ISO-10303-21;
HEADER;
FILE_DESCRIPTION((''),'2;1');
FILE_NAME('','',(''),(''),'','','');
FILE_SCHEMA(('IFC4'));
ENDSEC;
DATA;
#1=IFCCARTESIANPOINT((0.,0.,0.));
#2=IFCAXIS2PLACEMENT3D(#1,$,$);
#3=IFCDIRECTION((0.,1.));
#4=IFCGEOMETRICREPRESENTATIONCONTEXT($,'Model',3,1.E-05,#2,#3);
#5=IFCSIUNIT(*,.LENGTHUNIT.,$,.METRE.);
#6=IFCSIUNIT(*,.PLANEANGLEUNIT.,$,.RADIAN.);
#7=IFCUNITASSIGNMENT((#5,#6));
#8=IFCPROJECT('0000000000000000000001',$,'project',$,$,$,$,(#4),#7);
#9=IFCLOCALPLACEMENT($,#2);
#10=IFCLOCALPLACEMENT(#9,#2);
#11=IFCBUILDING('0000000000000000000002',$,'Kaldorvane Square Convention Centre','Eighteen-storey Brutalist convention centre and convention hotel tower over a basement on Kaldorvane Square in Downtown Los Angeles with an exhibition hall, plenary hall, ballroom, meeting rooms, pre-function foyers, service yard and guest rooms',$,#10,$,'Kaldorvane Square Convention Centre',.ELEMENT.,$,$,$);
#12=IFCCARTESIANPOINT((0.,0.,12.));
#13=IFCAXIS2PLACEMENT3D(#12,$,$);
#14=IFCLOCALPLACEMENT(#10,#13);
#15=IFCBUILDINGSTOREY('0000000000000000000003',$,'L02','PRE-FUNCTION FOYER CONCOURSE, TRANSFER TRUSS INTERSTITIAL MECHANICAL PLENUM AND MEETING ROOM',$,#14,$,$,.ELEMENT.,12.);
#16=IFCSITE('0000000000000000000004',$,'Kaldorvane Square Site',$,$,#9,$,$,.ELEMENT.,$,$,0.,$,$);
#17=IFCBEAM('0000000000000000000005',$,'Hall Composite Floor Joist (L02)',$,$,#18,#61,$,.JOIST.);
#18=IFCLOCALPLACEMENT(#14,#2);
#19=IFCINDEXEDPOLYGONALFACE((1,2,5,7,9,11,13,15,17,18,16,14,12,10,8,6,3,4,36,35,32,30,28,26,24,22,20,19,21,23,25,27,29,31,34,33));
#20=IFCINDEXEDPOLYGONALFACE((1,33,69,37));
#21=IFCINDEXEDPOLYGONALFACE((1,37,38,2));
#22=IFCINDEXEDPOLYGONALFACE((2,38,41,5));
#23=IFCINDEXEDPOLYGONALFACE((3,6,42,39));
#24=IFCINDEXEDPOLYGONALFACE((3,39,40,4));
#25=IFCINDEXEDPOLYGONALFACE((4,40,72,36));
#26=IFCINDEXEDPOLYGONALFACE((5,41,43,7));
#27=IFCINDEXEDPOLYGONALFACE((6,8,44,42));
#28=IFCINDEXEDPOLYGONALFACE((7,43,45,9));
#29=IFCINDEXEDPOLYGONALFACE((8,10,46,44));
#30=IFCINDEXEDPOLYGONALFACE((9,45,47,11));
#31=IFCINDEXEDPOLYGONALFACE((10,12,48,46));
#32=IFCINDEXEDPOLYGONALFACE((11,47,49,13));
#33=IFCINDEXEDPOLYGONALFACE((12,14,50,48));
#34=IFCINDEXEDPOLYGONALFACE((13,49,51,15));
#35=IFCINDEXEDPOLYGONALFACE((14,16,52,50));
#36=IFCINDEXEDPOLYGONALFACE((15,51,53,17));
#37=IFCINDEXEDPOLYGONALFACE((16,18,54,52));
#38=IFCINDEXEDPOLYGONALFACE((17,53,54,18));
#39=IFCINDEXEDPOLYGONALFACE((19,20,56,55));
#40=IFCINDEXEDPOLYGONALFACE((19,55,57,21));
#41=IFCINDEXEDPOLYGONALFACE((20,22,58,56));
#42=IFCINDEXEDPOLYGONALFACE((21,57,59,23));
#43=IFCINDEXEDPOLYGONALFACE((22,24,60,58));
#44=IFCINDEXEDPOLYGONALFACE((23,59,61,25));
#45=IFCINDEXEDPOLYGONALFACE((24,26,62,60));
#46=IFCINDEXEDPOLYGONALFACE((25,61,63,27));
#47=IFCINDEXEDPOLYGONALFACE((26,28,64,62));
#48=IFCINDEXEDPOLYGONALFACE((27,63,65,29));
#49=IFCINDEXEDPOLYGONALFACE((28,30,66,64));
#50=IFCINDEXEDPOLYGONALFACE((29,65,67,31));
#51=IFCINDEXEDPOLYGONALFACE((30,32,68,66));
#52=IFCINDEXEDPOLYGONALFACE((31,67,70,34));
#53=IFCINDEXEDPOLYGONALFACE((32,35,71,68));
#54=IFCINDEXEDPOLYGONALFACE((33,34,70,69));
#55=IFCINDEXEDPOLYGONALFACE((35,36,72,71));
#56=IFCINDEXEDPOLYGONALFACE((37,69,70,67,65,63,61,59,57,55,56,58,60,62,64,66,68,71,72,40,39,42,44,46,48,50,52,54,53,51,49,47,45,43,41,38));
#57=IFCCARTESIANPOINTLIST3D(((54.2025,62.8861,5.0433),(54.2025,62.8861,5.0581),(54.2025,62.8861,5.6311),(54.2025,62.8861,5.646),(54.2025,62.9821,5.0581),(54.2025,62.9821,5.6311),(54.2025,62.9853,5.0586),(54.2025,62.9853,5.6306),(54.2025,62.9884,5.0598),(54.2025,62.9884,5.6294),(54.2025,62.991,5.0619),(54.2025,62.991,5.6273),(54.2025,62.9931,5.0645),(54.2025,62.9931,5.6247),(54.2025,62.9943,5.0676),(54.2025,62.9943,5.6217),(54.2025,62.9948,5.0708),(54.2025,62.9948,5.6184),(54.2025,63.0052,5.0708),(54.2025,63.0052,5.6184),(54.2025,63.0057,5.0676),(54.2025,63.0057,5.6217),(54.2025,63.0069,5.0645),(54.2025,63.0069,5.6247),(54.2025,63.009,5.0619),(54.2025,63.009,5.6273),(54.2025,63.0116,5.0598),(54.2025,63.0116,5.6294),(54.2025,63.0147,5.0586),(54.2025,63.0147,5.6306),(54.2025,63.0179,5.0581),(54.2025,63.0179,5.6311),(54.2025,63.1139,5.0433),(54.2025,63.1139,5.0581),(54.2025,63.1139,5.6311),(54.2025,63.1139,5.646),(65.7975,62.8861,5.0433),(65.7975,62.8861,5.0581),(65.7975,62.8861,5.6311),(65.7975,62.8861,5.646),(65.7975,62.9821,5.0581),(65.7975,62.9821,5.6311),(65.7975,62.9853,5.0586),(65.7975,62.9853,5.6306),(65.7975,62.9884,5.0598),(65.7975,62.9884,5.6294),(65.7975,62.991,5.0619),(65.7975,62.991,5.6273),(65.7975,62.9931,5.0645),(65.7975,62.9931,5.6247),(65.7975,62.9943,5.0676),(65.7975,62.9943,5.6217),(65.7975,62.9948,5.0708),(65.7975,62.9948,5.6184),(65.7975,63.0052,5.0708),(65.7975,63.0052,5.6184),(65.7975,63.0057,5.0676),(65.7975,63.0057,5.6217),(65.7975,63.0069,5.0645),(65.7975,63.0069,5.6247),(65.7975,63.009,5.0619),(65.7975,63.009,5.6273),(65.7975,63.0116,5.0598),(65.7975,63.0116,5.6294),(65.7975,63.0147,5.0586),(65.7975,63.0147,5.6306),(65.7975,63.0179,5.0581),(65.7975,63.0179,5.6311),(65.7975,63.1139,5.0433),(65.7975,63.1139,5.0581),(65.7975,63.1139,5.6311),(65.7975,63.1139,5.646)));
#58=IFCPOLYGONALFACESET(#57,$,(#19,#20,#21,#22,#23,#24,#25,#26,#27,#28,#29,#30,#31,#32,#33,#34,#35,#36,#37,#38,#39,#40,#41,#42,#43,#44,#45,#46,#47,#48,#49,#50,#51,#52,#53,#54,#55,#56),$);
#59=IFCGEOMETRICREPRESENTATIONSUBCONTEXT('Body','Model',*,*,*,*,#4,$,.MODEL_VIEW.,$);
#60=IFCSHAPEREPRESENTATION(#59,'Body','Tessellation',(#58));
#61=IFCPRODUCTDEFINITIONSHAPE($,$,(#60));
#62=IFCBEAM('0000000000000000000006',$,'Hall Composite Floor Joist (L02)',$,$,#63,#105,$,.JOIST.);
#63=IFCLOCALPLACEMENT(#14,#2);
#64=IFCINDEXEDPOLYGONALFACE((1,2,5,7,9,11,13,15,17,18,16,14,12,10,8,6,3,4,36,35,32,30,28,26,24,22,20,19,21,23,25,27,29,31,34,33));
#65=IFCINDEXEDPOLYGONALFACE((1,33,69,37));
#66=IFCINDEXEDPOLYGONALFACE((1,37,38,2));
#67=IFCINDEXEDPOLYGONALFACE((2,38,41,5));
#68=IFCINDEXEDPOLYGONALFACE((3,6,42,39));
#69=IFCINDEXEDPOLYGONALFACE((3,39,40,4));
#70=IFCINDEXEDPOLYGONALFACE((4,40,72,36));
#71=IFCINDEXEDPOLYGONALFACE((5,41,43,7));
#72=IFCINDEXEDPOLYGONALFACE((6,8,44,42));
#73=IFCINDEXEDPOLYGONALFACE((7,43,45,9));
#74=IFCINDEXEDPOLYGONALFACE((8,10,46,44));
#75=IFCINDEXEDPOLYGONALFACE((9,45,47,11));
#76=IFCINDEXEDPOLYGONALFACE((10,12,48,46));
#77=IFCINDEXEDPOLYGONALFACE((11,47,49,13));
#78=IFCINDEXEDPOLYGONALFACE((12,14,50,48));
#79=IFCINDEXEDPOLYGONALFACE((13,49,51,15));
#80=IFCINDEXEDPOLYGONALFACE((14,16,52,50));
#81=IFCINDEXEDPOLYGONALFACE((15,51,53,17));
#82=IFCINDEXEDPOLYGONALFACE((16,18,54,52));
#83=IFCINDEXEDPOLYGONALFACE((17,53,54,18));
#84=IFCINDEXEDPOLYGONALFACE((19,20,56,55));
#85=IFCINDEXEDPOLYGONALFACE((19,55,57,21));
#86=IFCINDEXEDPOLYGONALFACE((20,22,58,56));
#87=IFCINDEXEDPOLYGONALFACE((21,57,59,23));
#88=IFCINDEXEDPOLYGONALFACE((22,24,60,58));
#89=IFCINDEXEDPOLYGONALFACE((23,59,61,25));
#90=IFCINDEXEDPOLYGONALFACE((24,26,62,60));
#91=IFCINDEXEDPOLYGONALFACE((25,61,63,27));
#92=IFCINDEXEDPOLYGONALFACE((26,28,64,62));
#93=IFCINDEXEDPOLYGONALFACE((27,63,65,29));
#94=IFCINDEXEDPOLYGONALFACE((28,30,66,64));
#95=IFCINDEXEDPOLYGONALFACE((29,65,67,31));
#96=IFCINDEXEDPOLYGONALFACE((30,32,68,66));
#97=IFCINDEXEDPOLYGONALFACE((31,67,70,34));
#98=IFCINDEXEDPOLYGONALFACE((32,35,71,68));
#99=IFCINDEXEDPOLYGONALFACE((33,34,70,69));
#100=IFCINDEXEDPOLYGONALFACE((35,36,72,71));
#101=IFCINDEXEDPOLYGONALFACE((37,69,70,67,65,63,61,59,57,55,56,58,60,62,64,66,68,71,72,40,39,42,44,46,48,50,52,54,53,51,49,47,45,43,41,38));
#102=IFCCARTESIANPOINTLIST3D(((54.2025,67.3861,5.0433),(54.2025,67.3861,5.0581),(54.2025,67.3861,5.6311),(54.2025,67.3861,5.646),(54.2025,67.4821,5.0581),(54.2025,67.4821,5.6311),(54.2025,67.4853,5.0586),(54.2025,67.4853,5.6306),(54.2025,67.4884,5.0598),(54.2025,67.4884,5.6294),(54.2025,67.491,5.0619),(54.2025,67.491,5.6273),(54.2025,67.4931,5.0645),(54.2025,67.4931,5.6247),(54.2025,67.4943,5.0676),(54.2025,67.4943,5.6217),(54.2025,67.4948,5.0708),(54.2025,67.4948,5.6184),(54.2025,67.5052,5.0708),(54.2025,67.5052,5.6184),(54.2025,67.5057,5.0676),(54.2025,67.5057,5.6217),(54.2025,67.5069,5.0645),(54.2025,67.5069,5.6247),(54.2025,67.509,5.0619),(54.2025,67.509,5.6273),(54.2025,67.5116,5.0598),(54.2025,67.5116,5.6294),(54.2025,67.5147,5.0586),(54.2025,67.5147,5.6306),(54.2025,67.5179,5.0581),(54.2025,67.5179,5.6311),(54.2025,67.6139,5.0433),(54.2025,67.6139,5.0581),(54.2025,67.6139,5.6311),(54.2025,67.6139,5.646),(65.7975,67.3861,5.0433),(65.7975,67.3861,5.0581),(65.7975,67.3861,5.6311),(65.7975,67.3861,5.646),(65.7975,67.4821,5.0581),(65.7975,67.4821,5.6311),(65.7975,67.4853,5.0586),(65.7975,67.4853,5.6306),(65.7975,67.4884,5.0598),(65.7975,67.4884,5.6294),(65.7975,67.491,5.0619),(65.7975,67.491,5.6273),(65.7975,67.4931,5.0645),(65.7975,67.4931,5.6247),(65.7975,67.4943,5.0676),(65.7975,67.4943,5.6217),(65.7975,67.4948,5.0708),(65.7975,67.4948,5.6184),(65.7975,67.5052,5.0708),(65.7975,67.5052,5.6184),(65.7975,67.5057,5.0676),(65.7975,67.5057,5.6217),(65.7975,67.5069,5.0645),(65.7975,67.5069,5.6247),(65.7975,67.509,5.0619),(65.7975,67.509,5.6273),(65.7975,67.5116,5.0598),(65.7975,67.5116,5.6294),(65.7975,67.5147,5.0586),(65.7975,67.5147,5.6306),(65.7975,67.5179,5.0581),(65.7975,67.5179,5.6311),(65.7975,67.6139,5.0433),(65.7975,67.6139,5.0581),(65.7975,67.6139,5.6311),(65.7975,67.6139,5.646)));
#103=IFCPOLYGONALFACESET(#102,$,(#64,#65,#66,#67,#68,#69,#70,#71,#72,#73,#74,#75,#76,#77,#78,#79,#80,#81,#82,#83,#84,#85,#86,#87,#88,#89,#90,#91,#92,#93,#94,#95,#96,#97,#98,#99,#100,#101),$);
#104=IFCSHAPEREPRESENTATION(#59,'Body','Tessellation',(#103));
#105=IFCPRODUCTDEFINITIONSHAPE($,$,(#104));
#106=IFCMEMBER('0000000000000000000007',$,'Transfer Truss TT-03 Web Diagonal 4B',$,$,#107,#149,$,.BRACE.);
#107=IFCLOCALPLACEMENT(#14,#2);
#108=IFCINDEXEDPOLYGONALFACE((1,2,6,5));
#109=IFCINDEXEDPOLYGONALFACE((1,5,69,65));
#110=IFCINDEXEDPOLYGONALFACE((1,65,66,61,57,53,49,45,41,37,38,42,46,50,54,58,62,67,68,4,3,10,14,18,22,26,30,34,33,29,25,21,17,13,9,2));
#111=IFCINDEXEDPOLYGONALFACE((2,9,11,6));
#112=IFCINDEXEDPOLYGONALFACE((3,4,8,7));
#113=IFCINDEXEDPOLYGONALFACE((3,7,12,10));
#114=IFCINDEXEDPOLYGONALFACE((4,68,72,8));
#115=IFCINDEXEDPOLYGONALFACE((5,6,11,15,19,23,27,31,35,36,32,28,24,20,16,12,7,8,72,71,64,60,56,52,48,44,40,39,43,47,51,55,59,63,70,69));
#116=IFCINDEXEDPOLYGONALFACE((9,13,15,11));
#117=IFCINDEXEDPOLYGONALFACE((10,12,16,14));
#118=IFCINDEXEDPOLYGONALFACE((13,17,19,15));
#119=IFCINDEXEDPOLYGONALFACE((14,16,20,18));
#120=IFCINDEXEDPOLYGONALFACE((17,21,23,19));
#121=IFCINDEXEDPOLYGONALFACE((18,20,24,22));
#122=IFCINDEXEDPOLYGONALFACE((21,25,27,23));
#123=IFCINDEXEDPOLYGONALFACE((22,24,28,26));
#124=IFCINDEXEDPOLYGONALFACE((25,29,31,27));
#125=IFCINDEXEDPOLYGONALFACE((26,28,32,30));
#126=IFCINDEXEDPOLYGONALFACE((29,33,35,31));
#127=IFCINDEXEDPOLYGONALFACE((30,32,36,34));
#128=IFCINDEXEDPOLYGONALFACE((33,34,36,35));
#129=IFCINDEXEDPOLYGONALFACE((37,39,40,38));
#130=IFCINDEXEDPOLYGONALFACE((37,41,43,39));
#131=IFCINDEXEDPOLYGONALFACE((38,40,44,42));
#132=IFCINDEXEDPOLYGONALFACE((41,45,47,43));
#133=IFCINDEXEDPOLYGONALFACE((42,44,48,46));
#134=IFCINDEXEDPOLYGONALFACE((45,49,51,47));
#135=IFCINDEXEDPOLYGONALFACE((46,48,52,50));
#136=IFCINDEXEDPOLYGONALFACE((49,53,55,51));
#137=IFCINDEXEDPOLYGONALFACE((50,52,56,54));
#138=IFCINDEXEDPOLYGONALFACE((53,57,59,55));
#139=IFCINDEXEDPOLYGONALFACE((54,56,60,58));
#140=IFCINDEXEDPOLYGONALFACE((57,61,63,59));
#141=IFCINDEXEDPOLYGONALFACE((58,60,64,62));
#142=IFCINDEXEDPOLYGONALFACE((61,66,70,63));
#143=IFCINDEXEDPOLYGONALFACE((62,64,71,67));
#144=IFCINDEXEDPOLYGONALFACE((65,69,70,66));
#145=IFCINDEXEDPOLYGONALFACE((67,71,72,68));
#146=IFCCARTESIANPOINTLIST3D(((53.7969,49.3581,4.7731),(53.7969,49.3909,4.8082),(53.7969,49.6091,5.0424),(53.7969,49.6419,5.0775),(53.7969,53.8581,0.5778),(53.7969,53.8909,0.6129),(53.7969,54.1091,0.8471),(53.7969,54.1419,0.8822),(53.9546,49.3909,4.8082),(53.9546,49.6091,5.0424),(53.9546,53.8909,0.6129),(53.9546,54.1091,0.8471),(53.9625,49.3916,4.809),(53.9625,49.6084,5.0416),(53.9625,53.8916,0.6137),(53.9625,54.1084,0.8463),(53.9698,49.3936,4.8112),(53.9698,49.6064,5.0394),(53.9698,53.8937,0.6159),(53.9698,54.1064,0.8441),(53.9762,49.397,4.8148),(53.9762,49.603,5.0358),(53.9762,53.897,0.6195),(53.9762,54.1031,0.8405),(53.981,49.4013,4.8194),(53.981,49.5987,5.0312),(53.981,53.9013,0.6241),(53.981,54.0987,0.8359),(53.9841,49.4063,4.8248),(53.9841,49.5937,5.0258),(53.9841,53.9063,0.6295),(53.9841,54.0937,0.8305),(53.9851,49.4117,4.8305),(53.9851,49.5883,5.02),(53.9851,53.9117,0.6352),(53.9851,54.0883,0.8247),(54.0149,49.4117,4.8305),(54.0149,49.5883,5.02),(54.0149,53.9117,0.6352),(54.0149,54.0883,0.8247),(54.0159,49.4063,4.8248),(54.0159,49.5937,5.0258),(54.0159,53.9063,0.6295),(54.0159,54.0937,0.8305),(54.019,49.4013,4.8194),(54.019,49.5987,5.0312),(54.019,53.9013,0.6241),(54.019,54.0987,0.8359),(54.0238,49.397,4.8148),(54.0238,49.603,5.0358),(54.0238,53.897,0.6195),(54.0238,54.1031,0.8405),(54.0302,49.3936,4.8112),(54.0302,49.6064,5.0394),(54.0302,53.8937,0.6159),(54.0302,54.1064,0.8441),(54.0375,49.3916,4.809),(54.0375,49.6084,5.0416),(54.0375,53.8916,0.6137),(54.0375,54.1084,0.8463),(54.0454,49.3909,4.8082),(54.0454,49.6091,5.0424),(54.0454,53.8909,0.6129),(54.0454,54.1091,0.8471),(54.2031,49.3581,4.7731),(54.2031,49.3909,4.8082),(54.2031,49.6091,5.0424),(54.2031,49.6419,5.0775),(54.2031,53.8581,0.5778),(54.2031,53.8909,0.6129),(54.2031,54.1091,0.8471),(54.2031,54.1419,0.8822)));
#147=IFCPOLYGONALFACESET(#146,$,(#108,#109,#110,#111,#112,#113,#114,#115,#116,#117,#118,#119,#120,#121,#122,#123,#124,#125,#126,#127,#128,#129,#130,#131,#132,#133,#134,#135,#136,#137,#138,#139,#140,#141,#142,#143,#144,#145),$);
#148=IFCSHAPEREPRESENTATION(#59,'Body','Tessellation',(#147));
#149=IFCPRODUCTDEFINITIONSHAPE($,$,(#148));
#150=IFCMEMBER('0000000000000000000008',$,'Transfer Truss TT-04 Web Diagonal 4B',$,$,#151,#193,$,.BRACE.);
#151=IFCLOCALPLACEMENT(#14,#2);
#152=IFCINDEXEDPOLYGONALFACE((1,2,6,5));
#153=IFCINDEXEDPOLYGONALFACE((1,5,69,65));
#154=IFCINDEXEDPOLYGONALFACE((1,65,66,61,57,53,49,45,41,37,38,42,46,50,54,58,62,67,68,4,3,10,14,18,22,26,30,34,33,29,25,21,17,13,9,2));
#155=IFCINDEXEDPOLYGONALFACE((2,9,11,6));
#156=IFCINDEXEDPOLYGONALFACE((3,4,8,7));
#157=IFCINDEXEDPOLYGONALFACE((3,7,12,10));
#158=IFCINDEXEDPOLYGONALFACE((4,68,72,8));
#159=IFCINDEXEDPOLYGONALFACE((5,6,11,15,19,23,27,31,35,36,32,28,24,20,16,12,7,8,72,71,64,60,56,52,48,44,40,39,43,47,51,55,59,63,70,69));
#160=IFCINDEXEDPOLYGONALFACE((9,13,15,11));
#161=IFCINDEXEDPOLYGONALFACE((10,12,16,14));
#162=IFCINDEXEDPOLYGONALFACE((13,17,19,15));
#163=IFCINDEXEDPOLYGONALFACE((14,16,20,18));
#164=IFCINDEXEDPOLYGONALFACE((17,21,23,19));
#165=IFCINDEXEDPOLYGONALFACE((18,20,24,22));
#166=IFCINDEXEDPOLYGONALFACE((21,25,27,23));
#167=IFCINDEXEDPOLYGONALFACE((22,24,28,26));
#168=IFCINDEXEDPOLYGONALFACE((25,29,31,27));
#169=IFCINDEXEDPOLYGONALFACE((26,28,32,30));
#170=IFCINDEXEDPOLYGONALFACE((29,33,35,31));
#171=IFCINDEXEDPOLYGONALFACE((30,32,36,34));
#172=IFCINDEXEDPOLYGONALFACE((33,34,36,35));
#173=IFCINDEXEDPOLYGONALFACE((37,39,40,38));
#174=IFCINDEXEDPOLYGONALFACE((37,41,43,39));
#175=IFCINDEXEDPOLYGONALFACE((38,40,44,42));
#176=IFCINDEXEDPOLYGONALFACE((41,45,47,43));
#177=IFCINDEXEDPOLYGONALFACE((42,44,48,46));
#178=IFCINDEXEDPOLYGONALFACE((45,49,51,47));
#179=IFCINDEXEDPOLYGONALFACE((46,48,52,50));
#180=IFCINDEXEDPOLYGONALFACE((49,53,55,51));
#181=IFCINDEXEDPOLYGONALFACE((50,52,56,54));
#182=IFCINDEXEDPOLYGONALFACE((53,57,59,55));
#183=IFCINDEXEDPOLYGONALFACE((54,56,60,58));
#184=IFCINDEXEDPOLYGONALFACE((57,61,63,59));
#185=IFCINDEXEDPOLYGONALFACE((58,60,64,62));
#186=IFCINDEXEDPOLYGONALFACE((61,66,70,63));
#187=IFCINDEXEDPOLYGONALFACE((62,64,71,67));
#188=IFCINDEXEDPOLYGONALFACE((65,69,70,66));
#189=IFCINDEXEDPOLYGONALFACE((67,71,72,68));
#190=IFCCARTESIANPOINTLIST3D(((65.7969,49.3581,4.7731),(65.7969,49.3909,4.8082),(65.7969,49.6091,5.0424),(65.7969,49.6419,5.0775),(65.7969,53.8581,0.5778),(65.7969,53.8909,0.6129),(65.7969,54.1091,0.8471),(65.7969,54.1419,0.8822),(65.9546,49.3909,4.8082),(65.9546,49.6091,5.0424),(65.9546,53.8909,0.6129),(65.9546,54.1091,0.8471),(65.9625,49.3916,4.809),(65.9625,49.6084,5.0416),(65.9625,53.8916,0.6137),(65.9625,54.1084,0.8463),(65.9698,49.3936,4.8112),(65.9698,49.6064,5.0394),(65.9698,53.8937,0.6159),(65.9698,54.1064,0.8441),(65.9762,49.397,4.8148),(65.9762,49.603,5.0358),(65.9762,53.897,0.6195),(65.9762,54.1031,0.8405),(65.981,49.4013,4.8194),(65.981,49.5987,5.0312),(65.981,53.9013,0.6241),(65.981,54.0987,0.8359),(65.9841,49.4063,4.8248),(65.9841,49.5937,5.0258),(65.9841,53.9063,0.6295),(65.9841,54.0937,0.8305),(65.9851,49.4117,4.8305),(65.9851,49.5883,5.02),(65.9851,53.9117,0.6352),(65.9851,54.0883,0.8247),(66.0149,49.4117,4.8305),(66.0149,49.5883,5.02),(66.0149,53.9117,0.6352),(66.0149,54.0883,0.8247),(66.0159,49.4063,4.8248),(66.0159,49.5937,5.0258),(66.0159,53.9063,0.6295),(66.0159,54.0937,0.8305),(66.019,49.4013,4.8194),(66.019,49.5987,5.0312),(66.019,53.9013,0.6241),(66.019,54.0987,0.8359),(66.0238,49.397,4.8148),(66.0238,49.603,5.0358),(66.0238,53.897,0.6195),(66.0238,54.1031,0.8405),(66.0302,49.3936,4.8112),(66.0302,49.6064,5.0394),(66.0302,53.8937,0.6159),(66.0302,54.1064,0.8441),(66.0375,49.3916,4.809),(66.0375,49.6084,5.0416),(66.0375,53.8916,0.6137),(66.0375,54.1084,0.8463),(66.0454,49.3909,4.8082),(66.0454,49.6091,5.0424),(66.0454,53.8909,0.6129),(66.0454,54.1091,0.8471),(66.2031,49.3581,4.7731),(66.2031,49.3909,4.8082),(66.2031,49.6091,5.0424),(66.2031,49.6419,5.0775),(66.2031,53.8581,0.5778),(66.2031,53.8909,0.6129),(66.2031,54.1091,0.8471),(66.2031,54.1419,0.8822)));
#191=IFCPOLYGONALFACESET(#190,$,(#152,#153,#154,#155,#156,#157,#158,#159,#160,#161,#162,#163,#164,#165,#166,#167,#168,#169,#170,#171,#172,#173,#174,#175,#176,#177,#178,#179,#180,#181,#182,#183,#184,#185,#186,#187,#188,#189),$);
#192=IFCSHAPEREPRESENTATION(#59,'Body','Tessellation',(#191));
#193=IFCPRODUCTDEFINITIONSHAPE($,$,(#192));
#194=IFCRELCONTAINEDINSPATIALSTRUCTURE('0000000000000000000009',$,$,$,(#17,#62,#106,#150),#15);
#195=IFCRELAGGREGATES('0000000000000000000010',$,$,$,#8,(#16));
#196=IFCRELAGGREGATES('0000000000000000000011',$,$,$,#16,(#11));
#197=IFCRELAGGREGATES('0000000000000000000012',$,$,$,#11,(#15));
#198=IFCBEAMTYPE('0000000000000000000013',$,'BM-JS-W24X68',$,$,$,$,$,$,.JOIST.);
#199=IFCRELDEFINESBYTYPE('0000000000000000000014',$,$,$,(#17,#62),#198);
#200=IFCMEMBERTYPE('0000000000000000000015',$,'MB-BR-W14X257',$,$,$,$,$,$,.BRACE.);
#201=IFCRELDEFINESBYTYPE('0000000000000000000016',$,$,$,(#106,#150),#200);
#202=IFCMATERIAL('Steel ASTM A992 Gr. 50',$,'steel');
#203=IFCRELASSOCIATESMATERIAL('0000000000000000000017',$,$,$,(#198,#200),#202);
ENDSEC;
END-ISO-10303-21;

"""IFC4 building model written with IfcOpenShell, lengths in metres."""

from ifc_helpers import new_model, si_unit, direction, frame, origin, origin_2d, place, context, subcontext, project, spatial, i_section, extrude, material, material_profile, profile_set, type_object, element, save


model = new_model("IFC4")

# Units and contexts
model_context = context("Model", 3, precision=1e-05, world=origin(), true_north=direction((0.0, 1.0)))
body_context = subcontext(model_context, "Body", "Model", "MODEL_VIEW")
ifc_project = project(units=[si_unit("LENGTHUNIT", "METRE"), si_unit("PLANEANGLEUNIT", "RADIAN")], contexts=[model_context])

# Site, building, storey
site_placement = place(None, origin())
site = spatial("IfcSite", under=ifc_project, at=site_placement, Name="Kaldorvane Square Site", CompositionType="ELEMENT", RefElevation=0.0)
building_placement = place(site_placement, origin())
building = spatial("IfcBuilding", under=site, at=building_placement, Name="Kaldorvane Square Convention Centre", Description="Eighteen-storey Brutalist convention centre and convention hotel tower over a basement on Kaldorvane Square in Downtown Los Angeles with an exhibition hall, plenary hall, ballroom, meeting rooms, pre-function foyers, service yard and guest rooms", LongName="Kaldorvane Square Convention Centre", CompositionType="ELEMENT")
storey_placement = place(building_placement, frame((0.0, 0.0, 12.0)))
storey = spatial("IfcBuildingStorey", under=building, at=storey_placement, Name="L02", Description="PRE-FUNCTION FOYER CONCOURSE, TRANSFER TRUSS INTERSTITIAL MECHANICAL PLENUM AND MEETING ROOM", CompositionType="ELEMENT", Elevation=12.0)

# Beams
ifc_material_1 = material(Name="Steel ASTM A992 Gr. 50", Category="steel")
ifc_material_profile_1 = material_profile(ifc_material_1, i_section(OverallWidth=0.2277, OverallDepth=0.6027, WebThickness=0.0105, FlangeThickness=0.0149, FilletRadius=0.0127, at=origin_2d()), Name="W24X68")
ifc_profile_set_1 = profile_set([ifc_material_profile_1], Name="Steel ASTM A992 Gr. 50")
beam_type_1 = type_object("IfcBeamType", Name="BM-JS-W24X68", PredefinedType="JOIST", material=ifc_profile_set_1)
for number, where, z_axis, x_axis, name in (
    (1, (54.2025, 63.0, 5.3446), (1.0, 0.0, 0.0), (0.0, 1.0, 0.0), "Hall Composite Floor Joist (L02)"),
    (2, (54.2025, 67.5, 5.3446), (1.0, 0.0, 0.0), (0.0, 1.0, 0.0), "Hall Composite Floor Joist (L02)"),
):
    element("IfcBeam", number, at=place(storey_placement, frame(where, z_axis=z_axis, x_axis=x_axis)), inside=storey, type_object=beam_type_1, Name=name, PredefinedType="JOIST", context=body_context, shape_type="SweptSolid", body=[
        extrude(i_section(OverallWidth=0.2277, OverallDepth=0.6027, WebThickness=0.0105, FlangeThickness=0.0149, FilletRadius=0.0127, at=origin_2d()), origin(), (0.0, 0.0, 1.0), 11.595),
    ])

# Members
ifc_material_profile_2 = material_profile(ifc_material_1, i_section(OverallWidth=0.4063, OverallDepth=0.4161, WebThickness=0.0298, FlangeThickness=0.048, FilletRadius=0.0305, at=origin_2d()), Name="W14X257")
ifc_profile_set_2 = profile_set([ifc_material_profile_2], Name="Steel ASTM A992 Gr. 50")
member_type_1 = type_object("IfcMemberType", Name="MB-BR-W14X257", PredefinedType="BRACE", material=ifc_profile_set_2)
for number, where, z_axis, x_axis, name in (
    (3, (54.0, 49.5, 4.9253), (0.0, 0.731436, -0.68191), (-1.0, 0.0, 0.0), "Transfer Truss TT-03 Web Diagonal 4B"),
    (4, (66.0, 49.5, 4.9253), (0.0, 0.731436, -0.68191), (-1.0, 0.0, 0.0), "Transfer Truss TT-04 Web Diagonal 4B"),
):
    element("IfcMember", number, at=place(storey_placement, frame(where, z_axis=z_axis, x_axis=x_axis)), inside=storey, type_object=member_type_1, Name=name, PredefinedType="BRACE", context=body_context, shape_type="SweptSolid", body=[
        extrude(i_section(OverallWidth=0.4063, OverallDepth=0.4161, WebThickness=0.0298, FlangeThickness=0.048, FilletRadius=0.0305, at=origin_2d()), origin(), (0.0, 0.0, 1.0), 6.1523),
    ])

save(model, "model.ifc")
